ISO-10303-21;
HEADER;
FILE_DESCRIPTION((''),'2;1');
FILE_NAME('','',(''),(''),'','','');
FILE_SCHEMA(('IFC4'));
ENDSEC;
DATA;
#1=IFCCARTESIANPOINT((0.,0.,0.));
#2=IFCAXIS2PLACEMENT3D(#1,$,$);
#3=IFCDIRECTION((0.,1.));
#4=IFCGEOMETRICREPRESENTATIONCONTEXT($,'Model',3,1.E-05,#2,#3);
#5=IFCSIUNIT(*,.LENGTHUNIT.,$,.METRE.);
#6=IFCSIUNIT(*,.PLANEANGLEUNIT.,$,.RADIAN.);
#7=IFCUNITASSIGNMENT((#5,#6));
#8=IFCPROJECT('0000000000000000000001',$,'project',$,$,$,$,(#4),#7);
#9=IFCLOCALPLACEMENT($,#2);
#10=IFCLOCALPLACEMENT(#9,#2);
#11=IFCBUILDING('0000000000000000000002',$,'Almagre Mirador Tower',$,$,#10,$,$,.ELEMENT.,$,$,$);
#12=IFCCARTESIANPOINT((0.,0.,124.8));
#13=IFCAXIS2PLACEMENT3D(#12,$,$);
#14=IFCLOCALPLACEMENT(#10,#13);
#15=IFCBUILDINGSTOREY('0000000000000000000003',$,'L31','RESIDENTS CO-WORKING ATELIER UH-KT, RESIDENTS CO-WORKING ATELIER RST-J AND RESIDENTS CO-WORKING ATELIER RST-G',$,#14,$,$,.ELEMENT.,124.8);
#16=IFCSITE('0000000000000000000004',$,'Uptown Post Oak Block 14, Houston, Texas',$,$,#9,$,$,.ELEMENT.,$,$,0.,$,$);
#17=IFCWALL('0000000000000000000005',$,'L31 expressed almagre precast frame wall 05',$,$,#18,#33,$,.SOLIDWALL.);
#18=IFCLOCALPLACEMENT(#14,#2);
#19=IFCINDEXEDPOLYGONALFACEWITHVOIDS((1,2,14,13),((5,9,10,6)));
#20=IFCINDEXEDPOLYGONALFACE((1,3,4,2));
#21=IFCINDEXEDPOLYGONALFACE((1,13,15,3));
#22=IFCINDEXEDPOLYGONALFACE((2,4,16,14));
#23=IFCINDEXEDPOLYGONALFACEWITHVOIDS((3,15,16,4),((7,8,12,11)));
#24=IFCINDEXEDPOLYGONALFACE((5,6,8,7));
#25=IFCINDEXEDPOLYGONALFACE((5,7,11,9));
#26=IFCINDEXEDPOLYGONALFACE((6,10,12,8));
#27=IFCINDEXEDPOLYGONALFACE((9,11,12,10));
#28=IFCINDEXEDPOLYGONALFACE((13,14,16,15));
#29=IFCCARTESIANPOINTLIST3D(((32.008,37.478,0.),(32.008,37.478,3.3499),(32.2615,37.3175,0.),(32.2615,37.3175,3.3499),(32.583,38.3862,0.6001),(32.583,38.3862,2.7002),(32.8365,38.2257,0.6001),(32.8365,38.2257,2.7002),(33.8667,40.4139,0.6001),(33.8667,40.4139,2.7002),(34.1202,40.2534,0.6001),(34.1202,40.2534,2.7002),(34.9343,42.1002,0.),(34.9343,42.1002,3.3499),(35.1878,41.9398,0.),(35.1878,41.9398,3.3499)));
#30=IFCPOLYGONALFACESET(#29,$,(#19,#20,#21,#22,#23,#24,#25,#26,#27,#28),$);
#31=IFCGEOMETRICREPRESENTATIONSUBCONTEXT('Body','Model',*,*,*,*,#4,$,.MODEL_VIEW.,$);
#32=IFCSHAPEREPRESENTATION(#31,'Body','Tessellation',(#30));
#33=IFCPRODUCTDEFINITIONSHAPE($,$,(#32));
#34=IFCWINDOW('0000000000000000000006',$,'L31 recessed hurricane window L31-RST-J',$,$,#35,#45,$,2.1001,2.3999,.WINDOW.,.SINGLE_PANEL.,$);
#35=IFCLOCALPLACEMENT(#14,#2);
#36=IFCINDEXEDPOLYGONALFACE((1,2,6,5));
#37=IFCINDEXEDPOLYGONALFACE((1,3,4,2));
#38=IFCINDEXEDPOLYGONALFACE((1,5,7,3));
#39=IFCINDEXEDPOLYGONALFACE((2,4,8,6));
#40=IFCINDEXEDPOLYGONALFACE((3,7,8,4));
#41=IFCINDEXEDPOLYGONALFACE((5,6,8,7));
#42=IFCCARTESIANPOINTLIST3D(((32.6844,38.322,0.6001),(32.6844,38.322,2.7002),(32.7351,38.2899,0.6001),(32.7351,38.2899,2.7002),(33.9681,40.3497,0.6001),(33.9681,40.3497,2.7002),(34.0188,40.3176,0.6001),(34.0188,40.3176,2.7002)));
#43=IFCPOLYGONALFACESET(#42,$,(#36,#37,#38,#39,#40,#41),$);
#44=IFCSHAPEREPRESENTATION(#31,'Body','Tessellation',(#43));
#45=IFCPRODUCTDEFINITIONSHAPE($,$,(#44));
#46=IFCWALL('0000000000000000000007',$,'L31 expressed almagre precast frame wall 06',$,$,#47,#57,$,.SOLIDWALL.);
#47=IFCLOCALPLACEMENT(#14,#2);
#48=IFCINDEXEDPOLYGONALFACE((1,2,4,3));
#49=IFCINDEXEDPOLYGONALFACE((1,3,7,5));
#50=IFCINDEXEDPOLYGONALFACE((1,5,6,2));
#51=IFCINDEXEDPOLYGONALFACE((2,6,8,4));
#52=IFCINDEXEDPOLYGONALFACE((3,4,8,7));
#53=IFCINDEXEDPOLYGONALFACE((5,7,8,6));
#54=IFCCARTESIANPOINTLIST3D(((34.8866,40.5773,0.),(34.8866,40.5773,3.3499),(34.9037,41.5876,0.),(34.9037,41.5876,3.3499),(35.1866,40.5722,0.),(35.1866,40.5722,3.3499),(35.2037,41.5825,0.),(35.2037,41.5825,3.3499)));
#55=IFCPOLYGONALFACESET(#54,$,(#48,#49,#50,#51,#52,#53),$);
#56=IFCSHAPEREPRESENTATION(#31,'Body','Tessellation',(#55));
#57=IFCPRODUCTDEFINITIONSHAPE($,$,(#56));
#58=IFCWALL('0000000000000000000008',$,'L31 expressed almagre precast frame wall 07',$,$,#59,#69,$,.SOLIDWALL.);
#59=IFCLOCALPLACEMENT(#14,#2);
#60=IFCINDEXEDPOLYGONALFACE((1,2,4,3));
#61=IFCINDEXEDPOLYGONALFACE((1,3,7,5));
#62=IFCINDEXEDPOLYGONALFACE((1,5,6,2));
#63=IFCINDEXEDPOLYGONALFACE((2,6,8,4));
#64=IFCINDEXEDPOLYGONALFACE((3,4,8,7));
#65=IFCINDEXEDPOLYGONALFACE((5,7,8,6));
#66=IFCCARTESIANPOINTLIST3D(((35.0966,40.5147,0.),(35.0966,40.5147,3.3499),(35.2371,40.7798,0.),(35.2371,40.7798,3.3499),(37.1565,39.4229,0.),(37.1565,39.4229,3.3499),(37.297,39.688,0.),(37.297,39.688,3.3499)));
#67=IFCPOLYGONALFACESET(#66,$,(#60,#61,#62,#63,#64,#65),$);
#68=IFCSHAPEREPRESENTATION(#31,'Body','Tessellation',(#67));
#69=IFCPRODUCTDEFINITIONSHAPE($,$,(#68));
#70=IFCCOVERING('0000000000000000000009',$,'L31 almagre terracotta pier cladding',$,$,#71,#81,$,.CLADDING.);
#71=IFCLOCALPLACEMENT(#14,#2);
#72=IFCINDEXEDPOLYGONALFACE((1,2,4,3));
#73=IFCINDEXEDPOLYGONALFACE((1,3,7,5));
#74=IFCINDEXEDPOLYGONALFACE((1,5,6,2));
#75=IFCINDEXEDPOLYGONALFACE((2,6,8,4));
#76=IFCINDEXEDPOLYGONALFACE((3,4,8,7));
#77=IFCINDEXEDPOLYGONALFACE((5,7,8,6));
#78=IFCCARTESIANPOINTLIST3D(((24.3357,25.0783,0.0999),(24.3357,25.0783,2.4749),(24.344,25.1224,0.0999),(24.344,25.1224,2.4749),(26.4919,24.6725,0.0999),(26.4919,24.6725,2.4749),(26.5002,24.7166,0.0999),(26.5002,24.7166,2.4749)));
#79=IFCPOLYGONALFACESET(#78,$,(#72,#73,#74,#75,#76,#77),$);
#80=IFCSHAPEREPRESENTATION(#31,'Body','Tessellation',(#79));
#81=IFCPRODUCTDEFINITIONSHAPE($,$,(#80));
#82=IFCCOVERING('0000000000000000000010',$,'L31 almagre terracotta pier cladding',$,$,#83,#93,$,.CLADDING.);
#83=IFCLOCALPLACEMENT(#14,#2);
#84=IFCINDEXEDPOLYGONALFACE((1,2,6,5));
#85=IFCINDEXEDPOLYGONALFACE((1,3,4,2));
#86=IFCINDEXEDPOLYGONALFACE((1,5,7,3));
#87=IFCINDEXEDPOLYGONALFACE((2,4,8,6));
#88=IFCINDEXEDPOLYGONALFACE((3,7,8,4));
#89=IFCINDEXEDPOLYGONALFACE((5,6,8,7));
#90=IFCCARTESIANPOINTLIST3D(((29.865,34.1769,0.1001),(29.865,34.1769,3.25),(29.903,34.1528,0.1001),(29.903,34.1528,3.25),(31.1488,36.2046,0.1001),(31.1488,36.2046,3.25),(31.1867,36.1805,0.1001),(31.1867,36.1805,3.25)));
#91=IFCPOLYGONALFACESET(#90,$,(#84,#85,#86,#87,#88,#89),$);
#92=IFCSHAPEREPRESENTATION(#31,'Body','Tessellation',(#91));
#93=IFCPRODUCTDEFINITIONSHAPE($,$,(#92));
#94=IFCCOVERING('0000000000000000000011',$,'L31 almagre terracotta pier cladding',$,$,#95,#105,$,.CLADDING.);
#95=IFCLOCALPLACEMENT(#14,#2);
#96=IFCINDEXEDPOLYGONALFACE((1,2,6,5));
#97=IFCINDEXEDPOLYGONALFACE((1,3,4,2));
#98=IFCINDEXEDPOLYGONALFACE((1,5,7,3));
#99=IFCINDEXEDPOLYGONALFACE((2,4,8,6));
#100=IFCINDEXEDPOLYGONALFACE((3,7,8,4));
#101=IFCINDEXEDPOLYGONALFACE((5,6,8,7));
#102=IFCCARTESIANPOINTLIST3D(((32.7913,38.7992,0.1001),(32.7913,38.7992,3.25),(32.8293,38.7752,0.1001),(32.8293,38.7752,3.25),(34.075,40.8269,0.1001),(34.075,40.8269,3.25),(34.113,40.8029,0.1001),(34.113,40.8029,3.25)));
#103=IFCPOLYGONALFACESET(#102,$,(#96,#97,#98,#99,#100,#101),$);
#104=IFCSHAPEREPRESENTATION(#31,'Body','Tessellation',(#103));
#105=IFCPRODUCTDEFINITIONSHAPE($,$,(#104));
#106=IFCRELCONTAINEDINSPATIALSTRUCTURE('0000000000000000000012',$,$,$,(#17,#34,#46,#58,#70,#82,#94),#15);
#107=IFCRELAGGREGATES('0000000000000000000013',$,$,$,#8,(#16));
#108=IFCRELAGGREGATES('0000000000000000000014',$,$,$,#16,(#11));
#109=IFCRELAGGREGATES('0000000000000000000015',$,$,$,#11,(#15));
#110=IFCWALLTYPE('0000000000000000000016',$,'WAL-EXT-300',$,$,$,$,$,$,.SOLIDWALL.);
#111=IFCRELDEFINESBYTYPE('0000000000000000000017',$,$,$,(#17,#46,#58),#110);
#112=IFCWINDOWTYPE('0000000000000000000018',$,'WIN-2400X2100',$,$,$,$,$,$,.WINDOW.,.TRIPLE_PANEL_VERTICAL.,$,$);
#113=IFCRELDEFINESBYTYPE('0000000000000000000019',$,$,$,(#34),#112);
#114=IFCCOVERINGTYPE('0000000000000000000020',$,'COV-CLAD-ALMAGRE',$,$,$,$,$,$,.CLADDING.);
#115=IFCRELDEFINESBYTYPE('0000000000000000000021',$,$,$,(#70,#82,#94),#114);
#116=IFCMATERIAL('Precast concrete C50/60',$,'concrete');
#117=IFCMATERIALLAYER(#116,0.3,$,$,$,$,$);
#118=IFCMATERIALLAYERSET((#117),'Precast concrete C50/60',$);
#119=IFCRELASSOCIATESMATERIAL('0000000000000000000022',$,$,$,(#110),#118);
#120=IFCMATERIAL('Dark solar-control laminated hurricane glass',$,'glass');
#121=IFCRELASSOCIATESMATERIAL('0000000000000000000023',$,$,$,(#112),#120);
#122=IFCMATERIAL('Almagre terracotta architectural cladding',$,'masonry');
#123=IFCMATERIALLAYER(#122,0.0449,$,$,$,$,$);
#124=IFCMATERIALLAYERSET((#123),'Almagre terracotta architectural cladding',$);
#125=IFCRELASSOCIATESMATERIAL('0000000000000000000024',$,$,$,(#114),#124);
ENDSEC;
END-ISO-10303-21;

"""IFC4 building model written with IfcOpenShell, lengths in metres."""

from ifc_helpers import new_model, si_unit, direction, frame, frame_2d, origin, origin_2d, place, context, subcontext, project, spatial, rectangle, extrude, material, layer, layer_set, type_object, element, fill, save


model = new_model("IFC4")

# Units and contexts
model_context = context("Model", 3, precision=1e-05, world=origin(), true_north=direction((0.0, 1.0)))
body_context = subcontext(model_context, "Body", "Model", "MODEL_VIEW")
ifc_project = project(units=[si_unit("LENGTHUNIT", "METRE"), si_unit("PLANEANGLEUNIT", "RADIAN")], contexts=[model_context])

# Site, building, storey
site_placement = place(None, origin())
site = spatial("IfcSite", under=ifc_project, at=site_placement, Name="Uptown Post Oak Block 14, Houston, Texas", CompositionType="ELEMENT", RefElevation=0.0)
building_placement = place(site_placement, origin())
building = spatial("IfcBuilding", under=site, at=building_placement, Name="Almagre Mirador Tower", CompositionType="ELEMENT")
storey_placement = place(building_placement, frame((0.0, 0.0, 124.8)))
storey = spatial("IfcBuildingStorey", under=building, at=storey_placement, Name="L31", Description="RESIDENTS CO-WORKING ATELIER UH-KT, RESIDENTS CO-WORKING ATELIER RST-J AND RESIDENTS CO-WORKING ATELIER RST-G", CompositionType="ELEMENT", Elevation=124.8)

# Shared definitions
ifc_material_1 = material(Name="Precast concrete C50/60", Category="concrete")
ifc_layer_1 = layer(ifc_material_1, 0.3)
ifc_layer_set_1 = layer_set([ifc_layer_1], Name="Precast concrete C50/60")
wall_type = type_object("IfcWallType", Name="WAL-EXT-300", PredefinedType="SOLIDWALL", material=ifc_layer_set_1)

# Wall, opening, window
wall_1_placement = place(storey_placement, frame((32.1348, 37.3977, 0.0), z_axis=(0.0, 0.0, 1.0), x_axis=(0.534896, 0.844918, 0.0)))
wall_1 = element("IfcWall", 1, at=wall_1_placement, inside=storey, type_object=wall_type, Name="L31 expressed almagre precast frame wall 05", PredefinedType="SOLIDWALL", context=body_context, shape_type="SweptSolid", body=[
    extrude(rectangle(XDim=5.4707, YDim=0.3, at=frame_2d((2.7354, 0.0))), origin(), (0.0, 0.0, 1.0), 3.3499),
])
opening_1_placement = place(wall_1_placement, frame((1.075, 0.0, 0.6001)))
opening_1 = element("IfcOpeningElement", 2, at=opening_1_placement, cuts=wall_1, PredefinedType="OPENING", context=body_context, shape_type="SweptSolid", body=[
    extrude(rectangle(XDim=2.3999, YDim=2.1001, at=frame_2d((1.2, 1.05))), frame((0.0, 0.1599, 0.0), z_axis=(0.0, -1.0, 0.0), x_axis=(1.0, 0.0, 0.0)), (0.0, 0.0, 1.0), 0.32),
])
ifc_material_2 = material(Name="Dark solar-control laminated hurricane glass", Category="glass")
window_type_1 = type_object("IfcWindowType", Name="WIN-2400X2100", PartitioningType="TRIPLE_PANEL_VERTICAL", PredefinedType="WINDOW", material=ifc_material_2)
window_1_placement = place(opening_1_placement, origin())
window_1 = element("IfcWindow", 3, at=window_1_placement, inside=storey, type_object=window_type_1, Name="L31 recessed hurricane window L31-RST-J", OverallHeight=2.1001, OverallWidth=2.3999, PartitioningType="SINGLE_PANEL", PredefinedType="WINDOW", context=body_context, shape_type="SweptSolid", body=[
    extrude(rectangle(XDim=2.3999, YDim=2.1001, at=frame_2d((1.2, 1.05))), frame((0.0, 0.03, 0.0), z_axis=(0.0, -1.0, 0.0), x_axis=(1.0, 0.0, 0.0)), (0.0, 0.0, 1.0), 0.0601),
])
fill(opening_1, window_1)

# Walls
wall_2_placement = place(storey_placement, frame((35.0537, 41.5852, 0.0), z_axis=(0.0, 0.0, 1.0), x_axis=(-0.016914, -0.999857, 0.0)))
element("IfcWall", 4, at=wall_2_placement, inside=storey, type_object=wall_type, Name="L31 expressed almagre precast frame wall 06", PredefinedType="SOLIDWALL", context=body_context, shape_type="SweptSolid", body=[
    extrude(rectangle(XDim=1.0105, YDim=0.3, at=frame_2d((0.5054, 0.0))), origin(), (0.0, 0.0, 1.0), 3.3499),
])
wall_3_placement = place(storey_placement, frame((35.167, 40.6472, 0.0), z_axis=(0.0, 0.0, 1.0), x_axis=(0.883556, -0.468326, 0.0)))
element("IfcWall", 5, at=wall_3_placement, inside=storey, type_object=wall_type, Name="L31 expressed almagre precast frame wall 07", PredefinedType="SOLIDWALL", context=body_context, shape_type="SweptSolid", body=[
    extrude(rectangle(XDim=2.3313, YDim=0.3, at=frame_2d((1.1655, 0.0))), origin(), (0.0, 0.0, 1.0), 3.3499),
])

# Coverings
ifc_material_3 = material(Name="Almagre terracotta architectural cladding", Category="masonry")
ifc_layer_2 = layer(ifc_material_3, 0.0449)
ifc_layer_set_2 = layer_set([ifc_layer_2], Name="Almagre terracotta architectural cladding")
covering_type = type_object("IfcCoveringType", Name="COV-CLAD-ALMAGRE", PredefinedType="CLADDING", material=ifc_layer_set_2)
covering_placement = place(storey_placement, frame((25.418, 24.8975, 0.0999), z_axis=(0.0, 0.0, 1.0), x_axis=(0.982745, -0.184963, 0.0)))
element("IfcCovering", 6, at=covering_placement, inside=storey, type_object=covering_type, Name="L31 almagre terracotta pier cladding", PredefinedType="CLADDING", context=body_context, shape_type="SweptSolid", body=[
    extrude(rectangle(XDim=2.1941, YDim=0.0449, at=origin_2d()), origin(), (0.0, 0.0, 1.0), 2.375),
])
for number, where, z_axis, x_axis, name in (
    (7, (30.5259, 35.1787, 0.1001), (0.0, 0.0, 1.0), (0.534913, 0.844907, 0.0), "L31 almagre terracotta pier cladding"),
    (8, (33.4521, 39.801, 0.1001), (0.0, 0.0, 1.0), (0.534898, 0.844917, 0.0), "L31 almagre terracotta pier cladding"),
):
    element("IfcCovering", number, at=place(storey_placement, frame(where, z_axis=z_axis, x_axis=x_axis)), inside=storey, type_object=covering_type, Name=name, PredefinedType="CLADDING", context=body_context, shape_type="SweptSolid", body=[
        extrude(rectangle(XDim=2.3999, YDim=0.0449, at=origin_2d()), origin(), (0.0, 0.0, 1.0), 3.1499),
    ])

save(model, "model.ifc")
